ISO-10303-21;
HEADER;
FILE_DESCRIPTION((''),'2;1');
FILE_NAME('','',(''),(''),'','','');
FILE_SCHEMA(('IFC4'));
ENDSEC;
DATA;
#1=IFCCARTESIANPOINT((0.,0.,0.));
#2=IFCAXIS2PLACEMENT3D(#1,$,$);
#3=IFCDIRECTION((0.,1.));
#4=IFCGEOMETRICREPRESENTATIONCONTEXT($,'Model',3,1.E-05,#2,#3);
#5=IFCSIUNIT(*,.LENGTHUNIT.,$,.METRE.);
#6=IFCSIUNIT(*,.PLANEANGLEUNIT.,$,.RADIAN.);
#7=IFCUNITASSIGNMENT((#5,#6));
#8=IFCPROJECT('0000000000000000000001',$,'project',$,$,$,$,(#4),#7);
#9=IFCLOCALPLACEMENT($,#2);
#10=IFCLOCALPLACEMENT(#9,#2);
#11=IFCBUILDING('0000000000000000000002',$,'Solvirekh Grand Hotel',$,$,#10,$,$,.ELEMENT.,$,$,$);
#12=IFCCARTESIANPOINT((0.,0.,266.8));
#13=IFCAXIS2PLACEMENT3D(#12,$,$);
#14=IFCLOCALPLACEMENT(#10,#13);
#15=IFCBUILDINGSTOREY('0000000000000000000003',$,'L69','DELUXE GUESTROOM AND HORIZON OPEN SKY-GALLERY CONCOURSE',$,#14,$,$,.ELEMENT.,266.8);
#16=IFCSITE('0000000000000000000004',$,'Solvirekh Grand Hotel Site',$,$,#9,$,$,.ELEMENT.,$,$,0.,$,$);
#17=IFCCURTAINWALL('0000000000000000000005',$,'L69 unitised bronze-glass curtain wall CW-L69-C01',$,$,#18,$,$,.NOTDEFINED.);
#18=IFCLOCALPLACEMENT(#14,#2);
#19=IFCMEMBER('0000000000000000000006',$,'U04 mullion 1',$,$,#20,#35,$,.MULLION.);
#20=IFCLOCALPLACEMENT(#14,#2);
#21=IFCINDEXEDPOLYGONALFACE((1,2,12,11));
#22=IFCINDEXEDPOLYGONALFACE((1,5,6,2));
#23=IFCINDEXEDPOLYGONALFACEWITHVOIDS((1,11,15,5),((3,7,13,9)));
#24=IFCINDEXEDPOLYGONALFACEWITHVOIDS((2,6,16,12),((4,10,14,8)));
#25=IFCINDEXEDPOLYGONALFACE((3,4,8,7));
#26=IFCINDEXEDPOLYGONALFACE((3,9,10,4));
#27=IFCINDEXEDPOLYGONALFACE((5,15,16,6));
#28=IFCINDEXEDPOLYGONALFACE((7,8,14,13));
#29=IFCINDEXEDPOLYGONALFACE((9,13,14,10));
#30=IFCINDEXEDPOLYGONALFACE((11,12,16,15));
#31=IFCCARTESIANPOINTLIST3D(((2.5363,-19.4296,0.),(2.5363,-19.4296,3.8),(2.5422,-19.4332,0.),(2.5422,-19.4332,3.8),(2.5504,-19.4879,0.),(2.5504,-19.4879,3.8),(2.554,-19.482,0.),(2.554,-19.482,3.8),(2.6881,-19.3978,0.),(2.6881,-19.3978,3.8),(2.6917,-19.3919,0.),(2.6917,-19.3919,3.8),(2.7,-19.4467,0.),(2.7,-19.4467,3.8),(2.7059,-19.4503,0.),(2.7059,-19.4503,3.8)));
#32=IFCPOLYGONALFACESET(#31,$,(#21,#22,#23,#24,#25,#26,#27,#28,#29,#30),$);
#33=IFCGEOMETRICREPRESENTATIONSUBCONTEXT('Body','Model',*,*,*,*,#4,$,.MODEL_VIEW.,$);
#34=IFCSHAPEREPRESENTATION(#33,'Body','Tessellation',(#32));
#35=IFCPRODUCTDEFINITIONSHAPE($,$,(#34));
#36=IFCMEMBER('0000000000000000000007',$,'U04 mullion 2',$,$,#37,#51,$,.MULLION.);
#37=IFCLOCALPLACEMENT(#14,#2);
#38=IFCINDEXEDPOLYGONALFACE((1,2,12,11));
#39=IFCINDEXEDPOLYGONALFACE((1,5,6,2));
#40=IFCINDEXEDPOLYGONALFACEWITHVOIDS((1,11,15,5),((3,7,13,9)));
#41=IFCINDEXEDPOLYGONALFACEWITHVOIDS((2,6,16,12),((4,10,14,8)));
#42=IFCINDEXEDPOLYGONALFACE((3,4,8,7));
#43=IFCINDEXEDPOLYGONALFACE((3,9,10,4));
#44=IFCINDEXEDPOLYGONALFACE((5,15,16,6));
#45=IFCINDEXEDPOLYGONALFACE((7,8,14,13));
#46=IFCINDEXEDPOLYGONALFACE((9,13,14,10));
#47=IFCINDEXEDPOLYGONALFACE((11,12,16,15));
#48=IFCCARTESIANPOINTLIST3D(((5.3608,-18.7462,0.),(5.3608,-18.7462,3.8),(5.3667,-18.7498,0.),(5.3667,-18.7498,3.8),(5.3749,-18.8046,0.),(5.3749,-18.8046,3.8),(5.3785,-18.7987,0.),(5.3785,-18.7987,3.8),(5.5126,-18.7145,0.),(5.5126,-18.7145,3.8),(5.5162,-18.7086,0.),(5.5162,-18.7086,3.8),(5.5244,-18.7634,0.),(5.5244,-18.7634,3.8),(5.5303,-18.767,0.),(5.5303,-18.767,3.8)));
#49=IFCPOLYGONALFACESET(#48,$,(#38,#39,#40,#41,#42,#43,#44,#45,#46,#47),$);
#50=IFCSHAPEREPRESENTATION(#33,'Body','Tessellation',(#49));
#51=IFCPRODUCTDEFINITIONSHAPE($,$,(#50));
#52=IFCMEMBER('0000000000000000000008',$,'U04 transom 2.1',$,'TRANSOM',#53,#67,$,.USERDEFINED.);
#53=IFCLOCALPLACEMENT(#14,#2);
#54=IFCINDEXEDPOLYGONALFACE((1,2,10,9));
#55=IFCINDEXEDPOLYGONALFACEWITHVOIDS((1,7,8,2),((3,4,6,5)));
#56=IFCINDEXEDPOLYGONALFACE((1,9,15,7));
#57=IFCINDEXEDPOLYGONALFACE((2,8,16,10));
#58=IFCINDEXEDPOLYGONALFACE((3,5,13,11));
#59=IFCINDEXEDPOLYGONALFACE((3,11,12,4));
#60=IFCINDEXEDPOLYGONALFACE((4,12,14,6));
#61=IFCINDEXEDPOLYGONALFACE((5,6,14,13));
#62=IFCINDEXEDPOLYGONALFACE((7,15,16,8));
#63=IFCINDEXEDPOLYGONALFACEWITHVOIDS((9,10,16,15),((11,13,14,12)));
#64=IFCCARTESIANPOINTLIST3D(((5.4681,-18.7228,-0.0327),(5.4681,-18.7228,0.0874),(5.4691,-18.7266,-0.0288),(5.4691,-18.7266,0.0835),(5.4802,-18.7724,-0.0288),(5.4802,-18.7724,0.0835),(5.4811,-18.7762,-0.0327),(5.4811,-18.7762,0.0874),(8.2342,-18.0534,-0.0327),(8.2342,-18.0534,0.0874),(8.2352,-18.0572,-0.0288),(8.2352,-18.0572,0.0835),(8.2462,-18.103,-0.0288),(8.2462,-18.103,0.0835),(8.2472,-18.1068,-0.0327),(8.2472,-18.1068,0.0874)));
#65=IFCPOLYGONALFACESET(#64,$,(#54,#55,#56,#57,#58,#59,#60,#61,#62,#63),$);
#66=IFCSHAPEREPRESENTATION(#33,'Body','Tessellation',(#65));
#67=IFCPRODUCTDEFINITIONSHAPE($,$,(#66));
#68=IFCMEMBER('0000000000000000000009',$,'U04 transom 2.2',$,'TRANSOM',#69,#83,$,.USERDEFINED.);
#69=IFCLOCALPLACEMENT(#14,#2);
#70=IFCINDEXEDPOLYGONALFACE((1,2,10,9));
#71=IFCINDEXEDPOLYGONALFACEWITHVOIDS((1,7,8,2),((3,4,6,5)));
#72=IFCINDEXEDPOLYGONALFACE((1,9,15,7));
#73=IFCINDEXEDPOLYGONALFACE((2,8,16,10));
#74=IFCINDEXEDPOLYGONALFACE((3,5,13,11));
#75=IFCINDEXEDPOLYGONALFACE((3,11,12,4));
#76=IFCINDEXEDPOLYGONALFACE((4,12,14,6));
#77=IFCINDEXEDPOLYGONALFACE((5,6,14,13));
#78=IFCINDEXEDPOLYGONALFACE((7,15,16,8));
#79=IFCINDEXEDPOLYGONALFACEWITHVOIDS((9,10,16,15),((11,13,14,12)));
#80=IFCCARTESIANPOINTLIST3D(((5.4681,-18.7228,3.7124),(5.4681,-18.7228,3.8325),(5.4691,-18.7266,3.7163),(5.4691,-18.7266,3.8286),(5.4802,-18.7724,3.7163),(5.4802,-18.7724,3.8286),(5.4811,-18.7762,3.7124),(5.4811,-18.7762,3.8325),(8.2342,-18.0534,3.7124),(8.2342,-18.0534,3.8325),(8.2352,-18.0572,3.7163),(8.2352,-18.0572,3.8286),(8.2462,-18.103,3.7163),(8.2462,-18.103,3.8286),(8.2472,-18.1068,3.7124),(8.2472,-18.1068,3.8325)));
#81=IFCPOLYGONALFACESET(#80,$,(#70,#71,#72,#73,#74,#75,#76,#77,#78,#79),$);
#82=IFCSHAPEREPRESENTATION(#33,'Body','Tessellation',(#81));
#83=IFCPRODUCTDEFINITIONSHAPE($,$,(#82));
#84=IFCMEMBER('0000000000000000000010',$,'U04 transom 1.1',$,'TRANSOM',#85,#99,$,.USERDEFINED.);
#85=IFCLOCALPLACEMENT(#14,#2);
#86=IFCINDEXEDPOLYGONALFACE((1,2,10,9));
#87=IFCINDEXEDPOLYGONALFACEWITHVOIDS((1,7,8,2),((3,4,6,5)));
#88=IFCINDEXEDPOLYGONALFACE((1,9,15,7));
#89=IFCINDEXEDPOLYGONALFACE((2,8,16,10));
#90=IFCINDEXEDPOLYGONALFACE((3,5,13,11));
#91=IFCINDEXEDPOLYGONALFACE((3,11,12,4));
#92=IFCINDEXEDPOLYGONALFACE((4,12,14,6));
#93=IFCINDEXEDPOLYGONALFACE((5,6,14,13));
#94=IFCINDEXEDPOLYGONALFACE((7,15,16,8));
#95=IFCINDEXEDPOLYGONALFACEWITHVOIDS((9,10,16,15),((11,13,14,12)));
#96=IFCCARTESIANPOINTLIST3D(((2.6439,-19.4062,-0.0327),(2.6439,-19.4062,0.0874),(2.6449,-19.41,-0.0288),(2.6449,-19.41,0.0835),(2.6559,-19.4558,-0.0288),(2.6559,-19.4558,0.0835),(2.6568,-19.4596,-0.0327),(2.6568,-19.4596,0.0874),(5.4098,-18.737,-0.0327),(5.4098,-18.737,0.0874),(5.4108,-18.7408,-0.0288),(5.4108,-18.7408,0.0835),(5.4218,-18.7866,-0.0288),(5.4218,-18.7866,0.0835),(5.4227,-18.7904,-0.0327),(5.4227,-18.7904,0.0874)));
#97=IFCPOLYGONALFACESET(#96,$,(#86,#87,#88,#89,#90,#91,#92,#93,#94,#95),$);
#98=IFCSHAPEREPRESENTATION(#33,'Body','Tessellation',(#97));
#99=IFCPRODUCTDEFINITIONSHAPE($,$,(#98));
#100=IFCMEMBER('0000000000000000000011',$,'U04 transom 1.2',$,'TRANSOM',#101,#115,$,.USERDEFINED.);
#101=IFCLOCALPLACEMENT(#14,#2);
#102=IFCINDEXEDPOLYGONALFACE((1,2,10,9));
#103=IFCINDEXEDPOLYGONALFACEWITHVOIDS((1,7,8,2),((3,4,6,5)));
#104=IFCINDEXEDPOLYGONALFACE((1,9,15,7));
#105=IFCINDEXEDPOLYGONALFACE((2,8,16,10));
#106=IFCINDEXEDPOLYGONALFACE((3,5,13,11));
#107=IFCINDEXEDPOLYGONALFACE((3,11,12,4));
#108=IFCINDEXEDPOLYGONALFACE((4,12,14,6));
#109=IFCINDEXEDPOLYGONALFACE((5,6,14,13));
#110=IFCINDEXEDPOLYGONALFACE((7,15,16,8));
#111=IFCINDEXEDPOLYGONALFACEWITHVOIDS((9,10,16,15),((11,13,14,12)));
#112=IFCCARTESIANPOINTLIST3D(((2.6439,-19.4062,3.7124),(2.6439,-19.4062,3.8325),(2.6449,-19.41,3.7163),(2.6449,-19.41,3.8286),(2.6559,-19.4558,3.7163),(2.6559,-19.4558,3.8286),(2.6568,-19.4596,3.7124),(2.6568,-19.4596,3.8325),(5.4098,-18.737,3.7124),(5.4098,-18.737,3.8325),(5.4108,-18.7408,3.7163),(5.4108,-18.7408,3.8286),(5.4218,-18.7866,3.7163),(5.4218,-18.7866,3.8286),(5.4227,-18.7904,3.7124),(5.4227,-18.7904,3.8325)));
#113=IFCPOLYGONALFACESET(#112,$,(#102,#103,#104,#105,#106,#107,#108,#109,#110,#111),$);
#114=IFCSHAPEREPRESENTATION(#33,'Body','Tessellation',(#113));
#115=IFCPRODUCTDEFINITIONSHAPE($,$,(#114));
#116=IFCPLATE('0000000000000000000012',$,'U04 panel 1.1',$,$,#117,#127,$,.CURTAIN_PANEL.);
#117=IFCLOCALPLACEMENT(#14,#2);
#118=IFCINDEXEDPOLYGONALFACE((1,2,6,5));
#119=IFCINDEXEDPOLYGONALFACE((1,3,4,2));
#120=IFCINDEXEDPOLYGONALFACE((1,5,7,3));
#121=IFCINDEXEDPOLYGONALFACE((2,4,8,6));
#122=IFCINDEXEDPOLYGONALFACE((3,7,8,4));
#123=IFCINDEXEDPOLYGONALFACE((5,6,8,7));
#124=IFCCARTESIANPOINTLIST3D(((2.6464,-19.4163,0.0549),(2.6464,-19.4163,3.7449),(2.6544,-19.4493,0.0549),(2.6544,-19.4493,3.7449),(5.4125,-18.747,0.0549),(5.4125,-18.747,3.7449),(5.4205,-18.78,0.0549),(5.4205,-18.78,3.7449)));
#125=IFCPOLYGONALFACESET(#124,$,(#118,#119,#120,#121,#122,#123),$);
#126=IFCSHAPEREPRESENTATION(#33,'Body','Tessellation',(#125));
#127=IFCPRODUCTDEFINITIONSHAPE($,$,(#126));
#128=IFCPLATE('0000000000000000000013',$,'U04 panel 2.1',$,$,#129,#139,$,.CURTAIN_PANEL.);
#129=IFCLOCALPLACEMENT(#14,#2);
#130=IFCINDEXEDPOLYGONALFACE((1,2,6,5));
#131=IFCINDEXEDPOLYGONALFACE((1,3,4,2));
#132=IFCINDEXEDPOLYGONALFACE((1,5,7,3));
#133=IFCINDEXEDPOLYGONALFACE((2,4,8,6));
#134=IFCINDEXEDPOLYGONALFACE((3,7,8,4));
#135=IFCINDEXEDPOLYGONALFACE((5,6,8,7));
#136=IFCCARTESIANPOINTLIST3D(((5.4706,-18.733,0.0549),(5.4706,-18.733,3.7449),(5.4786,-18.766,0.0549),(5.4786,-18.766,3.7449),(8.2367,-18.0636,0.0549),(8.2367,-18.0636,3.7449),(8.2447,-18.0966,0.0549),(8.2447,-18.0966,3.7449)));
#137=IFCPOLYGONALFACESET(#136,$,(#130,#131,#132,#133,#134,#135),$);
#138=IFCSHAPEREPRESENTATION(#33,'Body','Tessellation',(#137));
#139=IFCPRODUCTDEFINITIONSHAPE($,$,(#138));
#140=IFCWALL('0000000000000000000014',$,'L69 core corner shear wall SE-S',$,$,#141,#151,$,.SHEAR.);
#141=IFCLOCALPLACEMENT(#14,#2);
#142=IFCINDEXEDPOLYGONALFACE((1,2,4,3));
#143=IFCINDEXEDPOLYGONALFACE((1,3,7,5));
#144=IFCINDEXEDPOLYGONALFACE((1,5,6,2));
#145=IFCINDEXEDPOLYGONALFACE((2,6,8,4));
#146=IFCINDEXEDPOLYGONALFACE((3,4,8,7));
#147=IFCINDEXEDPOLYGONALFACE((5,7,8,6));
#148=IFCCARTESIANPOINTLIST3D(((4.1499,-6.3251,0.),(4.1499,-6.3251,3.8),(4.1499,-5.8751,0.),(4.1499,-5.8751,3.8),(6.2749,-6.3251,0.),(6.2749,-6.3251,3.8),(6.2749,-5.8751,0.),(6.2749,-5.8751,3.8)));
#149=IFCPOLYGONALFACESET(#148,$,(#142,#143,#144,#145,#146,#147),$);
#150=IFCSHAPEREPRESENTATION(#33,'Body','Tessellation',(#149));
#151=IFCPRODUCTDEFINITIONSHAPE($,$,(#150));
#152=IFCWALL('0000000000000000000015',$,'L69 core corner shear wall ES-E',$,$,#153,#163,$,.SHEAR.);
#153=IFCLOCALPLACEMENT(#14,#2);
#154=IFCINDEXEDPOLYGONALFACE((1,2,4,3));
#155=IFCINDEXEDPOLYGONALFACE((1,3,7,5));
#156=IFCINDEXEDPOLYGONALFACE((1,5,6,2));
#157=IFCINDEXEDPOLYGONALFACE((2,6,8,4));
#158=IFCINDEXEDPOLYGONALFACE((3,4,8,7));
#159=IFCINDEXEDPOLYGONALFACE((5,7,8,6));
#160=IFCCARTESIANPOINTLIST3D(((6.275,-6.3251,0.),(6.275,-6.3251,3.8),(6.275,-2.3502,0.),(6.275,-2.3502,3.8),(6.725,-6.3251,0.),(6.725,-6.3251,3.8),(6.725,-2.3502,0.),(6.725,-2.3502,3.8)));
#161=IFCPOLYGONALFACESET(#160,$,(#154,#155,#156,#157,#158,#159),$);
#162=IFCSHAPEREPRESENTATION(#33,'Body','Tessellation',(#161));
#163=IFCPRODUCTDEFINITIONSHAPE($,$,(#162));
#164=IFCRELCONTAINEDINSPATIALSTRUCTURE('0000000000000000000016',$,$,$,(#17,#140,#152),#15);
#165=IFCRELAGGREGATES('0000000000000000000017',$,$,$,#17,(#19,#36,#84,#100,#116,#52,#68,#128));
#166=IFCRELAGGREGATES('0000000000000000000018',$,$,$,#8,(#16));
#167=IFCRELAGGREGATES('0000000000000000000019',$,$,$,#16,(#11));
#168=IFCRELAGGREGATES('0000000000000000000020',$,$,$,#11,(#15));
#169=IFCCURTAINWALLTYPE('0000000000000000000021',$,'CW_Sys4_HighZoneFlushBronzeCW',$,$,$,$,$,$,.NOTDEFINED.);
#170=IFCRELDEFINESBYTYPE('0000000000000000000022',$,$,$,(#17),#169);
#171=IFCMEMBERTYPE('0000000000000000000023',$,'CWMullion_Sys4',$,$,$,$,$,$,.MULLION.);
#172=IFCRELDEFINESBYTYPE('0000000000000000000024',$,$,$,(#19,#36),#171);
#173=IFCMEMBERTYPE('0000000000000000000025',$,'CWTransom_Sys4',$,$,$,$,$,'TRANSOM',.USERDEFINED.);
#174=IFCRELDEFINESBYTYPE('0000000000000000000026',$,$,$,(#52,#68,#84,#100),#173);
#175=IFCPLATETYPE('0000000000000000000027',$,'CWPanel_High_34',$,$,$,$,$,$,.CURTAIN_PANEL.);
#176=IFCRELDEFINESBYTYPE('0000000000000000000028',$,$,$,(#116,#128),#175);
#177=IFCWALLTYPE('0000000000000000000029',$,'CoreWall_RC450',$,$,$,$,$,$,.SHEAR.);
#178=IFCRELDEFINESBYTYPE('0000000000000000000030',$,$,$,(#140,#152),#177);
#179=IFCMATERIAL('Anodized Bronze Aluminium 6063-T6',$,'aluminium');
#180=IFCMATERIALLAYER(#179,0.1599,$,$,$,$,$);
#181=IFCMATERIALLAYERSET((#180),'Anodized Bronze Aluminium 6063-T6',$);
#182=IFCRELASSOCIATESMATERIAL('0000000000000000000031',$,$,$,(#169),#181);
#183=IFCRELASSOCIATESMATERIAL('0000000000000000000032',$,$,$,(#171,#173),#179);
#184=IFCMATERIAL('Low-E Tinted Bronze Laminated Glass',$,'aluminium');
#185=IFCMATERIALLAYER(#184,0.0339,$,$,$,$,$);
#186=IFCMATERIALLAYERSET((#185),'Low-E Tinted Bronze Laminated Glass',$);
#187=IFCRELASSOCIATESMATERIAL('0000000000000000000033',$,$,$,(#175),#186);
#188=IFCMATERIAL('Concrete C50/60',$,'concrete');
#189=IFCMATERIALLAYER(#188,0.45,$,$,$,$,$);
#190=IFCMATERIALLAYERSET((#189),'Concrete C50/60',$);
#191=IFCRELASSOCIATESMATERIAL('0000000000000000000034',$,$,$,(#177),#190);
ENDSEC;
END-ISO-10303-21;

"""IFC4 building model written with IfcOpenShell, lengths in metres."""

from ifc_helpers import new_model, si_unit, direction, frame, frame_2d, origin, origin_2d, place, context, subcontext, project, spatial, rectangle, hollow_rectangle, extrude, source, transform, mapped, material, layer, layer_set, material_profile, profile_set, type_object, element, aggregate, save


model = new_model("IFC4")

# Units and contexts
model_context = context("Model", 3, precision=1e-05, world=origin(), true_north=direction((0.0, 1.0)))
body_context = subcontext(model_context, "Body", "Model", "MODEL_VIEW")
ifc_project = project(units=[si_unit("LENGTHUNIT", "METRE"), si_unit("PLANEANGLEUNIT", "RADIAN")], contexts=[model_context])

# Site, building, storey
site_placement = place(None, origin())
site = spatial("IfcSite", under=ifc_project, at=site_placement, Name="Solvirekh Grand Hotel Site", CompositionType="ELEMENT", RefElevation=0.0)
building_placement = place(site_placement, origin())
building = spatial("IfcBuilding", under=site, at=building_placement, Name="Solvirekh Grand Hotel", CompositionType="ELEMENT")
storey_placement = place(building_placement, frame((0.0, 0.0, 266.8)))
storey = spatial("IfcBuildingStorey", under=building, at=storey_placement, Name="L69", Description="DELUXE GUESTROOM AND HORIZON OPEN SKY-GALLERY CONCOURSE", CompositionType="ELEMENT", Elevation=266.8)

# Curtain wall, members, plates
ifc_material_1 = material(Name="Anodized Bronze Aluminium 6063-T6", Category="aluminium")
ifc_layer_1 = layer(ifc_material_1, 0.1599)
ifc_layer_set_1 = layer_set([ifc_layer_1], Name="Anodized Bronze Aluminium 6063-T6")
curtain_wall_type = type_object("IfcCurtainWallType", Name="CW_Sys4_HighZoneFlushBronzeCW", PredefinedType="NOTDEFINED", material=ifc_layer_set_1)
curtain_wall_placement = place(storey_placement, origin())
curtain_wall = element("IfcCurtainWall", 1, at=curtain_wall_placement, inside=storey, type_object=curtain_wall_type, Name="L69 unitised bronze-glass curtain wall CW-L69-C01", PredefinedType="NOTDEFINED")
ifc_material_profile_1 = material_profile(ifc_material_1, hollow_rectangle(XDim=0.0601, YDim=0.1599, WallThickness=0.0049, at=origin_2d()), Name="ALU RHS 160X60X5")
ifc_profile_set_1 = profile_set([ifc_material_profile_1], Name="Anodized Bronze Aluminium 6063-T6")
member_type_1 = type_object("IfcMemberType", Name="CWMullion_Sys4", PredefinedType="MULLION", material=ifc_profile_set_1)
shared_shape_1 = source(origin(), body_context, "Body", "SweptSolid", [
    extrude(hollow_rectangle(XDim=0.0601, YDim=0.1599, WallThickness=0.0049, at=origin_2d()), origin(), (0.0, 0.0, 1.0), 3.8),
])
member_1_placement = place(storey_placement, frame((2.6211, -19.4399, 0.0), z_axis=(0.0, 0.0, 1.0), x_axis=(-0.235195, 0.971948, 0.0)))
member_1 = element("IfcMember", 2, at=member_1_placement, type_object=member_type_1, Name="U04 mullion 1", PredefinedType="MULLION", context=body_context, shape_type="MappedRepresentation", body=[
    mapped(shared_shape_1, transform((0.0, 0.0, 0.0), x_axis=(1.0, 0.0, 0.0), y_axis=(0.0, 1.0, 0.0), z_axis=(0.0, 0.0, 1.0), scale=1.0)),
])
member_2_placement = place(storey_placement, frame((5.4456, -18.7566, 0.0), z_axis=(0.0, 0.0, 1.0), x_axis=(-0.235195, 0.971948, 0.0)))
member_2 = element("IfcMember", 3, at=member_2_placement, type_object=member_type_1, Name="U04 mullion 2", PredefinedType="MULLION", context=body_context, shape_type="MappedRepresentation", body=[
    mapped(shared_shape_1, transform((0.0, 0.0, 0.0), x_axis=(1.0, 0.0, 0.0), y_axis=(0.0, 1.0, 0.0), z_axis=(0.0, 0.0, 1.0), scale=1.0)),
])
ifc_material_profile_2 = material_profile(ifc_material_1, hollow_rectangle(XDim=0.0549, YDim=0.1201, WallThickness=0.0039, at=origin_2d()), Name="ALU RHS 120X55X4")
ifc_profile_set_2 = profile_set([ifc_material_profile_2], Name="Anodized Bronze Aluminium 6063-T6")
member_type_2 = type_object("IfcMemberType", Name="CWTransom_Sys4", ElementType="TRANSOM", PredefinedType="USERDEFINED", material=ifc_profile_set_2)
shared_shape_2 = source(origin(), body_context, "Body", "SweptSolid", [
    extrude(hollow_rectangle(XDim=0.0549, YDim=0.1201, WallThickness=0.0039, at=origin_2d()), origin(), (0.0, 0.0, 1.0), 2.8459),
])
member_3_placement = place(storey_placement, frame((5.4746, -18.7495, 0.0273), z_axis=(0.971942, 0.235222, 0.0), x_axis=(-0.235222, 0.971942, 0.0)))
member_3 = element("IfcMember", 4, at=member_3_placement, type_object=member_type_2, Name="U04 transom 2.1", ObjectType="TRANSOM", PredefinedType="USERDEFINED", context=body_context, shape_type="MappedRepresentation", body=[
    mapped(shared_shape_2, transform((0.0, 0.0, 0.0), x_axis=(1.0, 0.0, 0.0), y_axis=(0.0, 1.0, 0.0), z_axis=(0.0, 0.0, 1.0), scale=1.0)),
])
member_4_placement = place(storey_placement, frame((5.4746, -18.7495, 3.7725), z_axis=(0.971942, 0.235222, 0.0), x_axis=(-0.235222, 0.971942, 0.0)))
member_4 = element("IfcMember", 5, at=member_4_placement, type_object=member_type_2, Name="U04 transom 2.2", ObjectType="TRANSOM", PredefinedType="USERDEFINED", context=body_context, shape_type="MappedRepresentation", body=[
    mapped(shared_shape_2, transform((0.0, 0.0, 0.0), x_axis=(1.0, 0.0, 0.0), y_axis=(0.0, 1.0, 0.0), z_axis=(0.0, 0.0, 1.0), scale=1.0)),
])
shared_shape_3 = source(origin(), body_context, "Body", "SweptSolid", [
    extrude(hollow_rectangle(XDim=0.0549, YDim=0.1201, WallThickness=0.0039, at=origin_2d()), origin(), (0.0, 0.0, 1.0), 2.8457),
])
member_5_placement = place(storey_placement, frame((2.6504, -19.4329, 0.0273), z_axis=(0.971957, 0.23516, 0.0), x_axis=(-0.23516, 0.971957, 0.0)))
member_5 = element("IfcMember", 6, at=member_5_placement, type_object=member_type_2, Name="U04 transom 1.1", ObjectType="TRANSOM", PredefinedType="USERDEFINED", context=body_context, shape_type="MappedRepresentation", body=[
    mapped(shared_shape_3, transform((0.0, 0.0, 0.0), x_axis=(1.0, 0.0, 0.0), y_axis=(0.0, 1.0, 0.0), z_axis=(0.0, 0.0, 1.0), scale=1.0)),
])
member_6_placement = place(storey_placement, frame((2.6504, -19.4329, 3.7725), z_axis=(0.971957, 0.23516, 0.0), x_axis=(-0.23516, 0.971957, 0.0)))
member_6 = element("IfcMember", 7, at=member_6_placement, type_object=member_type_2, Name="U04 transom 1.2", ObjectType="TRANSOM", PredefinedType="USERDEFINED", context=body_context, shape_type="MappedRepresentation", body=[
    mapped(shared_shape_3, transform((0.0, 0.0, 0.0), x_axis=(1.0, 0.0, 0.0), y_axis=(0.0, 1.0, 0.0), z_axis=(0.0, 0.0, 1.0), scale=1.0)),
])
ifc_material_2 = material(Name="Low-E Tinted Bronze Laminated Glass", Category="aluminium")
ifc_layer_2 = layer(ifc_material_2, 0.0339)
ifc_layer_set_2 = layer_set([ifc_layer_2], Name="Low-E Tinted Bronze Laminated Glass")
plate_type = type_object("IfcPlateType", Name="CWPanel_High_34", PredefinedType="CURTAIN_PANEL", material=ifc_layer_set_2)
shared_shape_4 = source(origin(), body_context, "Body", "SweptSolid", [
    extrude(rectangle(XDim=2.8459, YDim=0.0339, at=origin_2d()), origin(), (0.0, 0.0, 1.0), 3.6899),
])
plate_1_placement = place(storey_placement, frame((4.0334, -19.0981, 0.0549), z_axis=(0.0, 0.0, 1.0), x_axis=(0.971948, 0.235195, 0.0)))
plate_1 = element("IfcPlate", 8, at=plate_1_placement, type_object=plate_type, Name="U04 panel 1.1", PredefinedType="CURTAIN_PANEL", context=body_context, shape_type="MappedRepresentation", body=[
    mapped(shared_shape_4, transform((0.0, 0.0, 0.0), x_axis=(1.0, 0.0, 0.0), y_axis=(0.0, 1.0, 0.0), z_axis=(0.0, 0.0, 1.0), scale=1.0)),
])
plate_2_placement = place(storey_placement, frame((6.8577, -18.4148, 0.0549), z_axis=(0.0, 0.0, 1.0), x_axis=(0.971948, 0.235195, 0.0)))
plate_2 = element("IfcPlate", 9, at=plate_2_placement, type_object=plate_type, Name="U04 panel 2.1", PredefinedType="CURTAIN_PANEL", context=body_context, shape_type="MappedRepresentation", body=[
    mapped(shared_shape_4, transform((0.0, 0.0, 0.0), x_axis=(1.0, 0.0, 0.0), y_axis=(0.0, 1.0, 0.0), z_axis=(0.0, 0.0, 1.0), scale=1.0)),
])
aggregate(curtain_wall, [member_1, member_2, member_5, member_6, plate_1, member_3, member_4, plate_2])

# Walls
ifc_material_3 = material(Name="Concrete C50/60", Category="concrete")
ifc_layer_3 = layer(ifc_material_3, 0.45)
ifc_layer_set_3 = layer_set([ifc_layer_3], Name="Concrete C50/60")
wall_type_1 = type_object("IfcWallType", Name="CoreWall_RC450", PredefinedType="SHEAR", material=ifc_layer_set_3)
wall_1_placement = place(storey_placement, frame((4.1499, -6.1001, 0.0), z_axis=(0.0, 0.0, 1.0), x_axis=(1.0, 0.0, 0.0)))
element("IfcWall", 10, at=wall_1_placement, inside=storey, type_object=wall_type_1, Name="L69 core corner shear wall SE-S", PredefinedType="SHEAR", context=body_context, shape_type="SweptSolid", body=[
    extrude(rectangle(XDim=2.125, YDim=0.45, at=frame_2d((1.0625, 0.0))), origin(), (0.0, 0.0, 1.0), 3.8),
])
wall_2_placement = place(storey_placement, frame((6.5, -6.325, 0.0), z_axis=(0.0, 0.0, 1.0), x_axis=(0.0, 1.0, 0.0)))
element("IfcWall", 11, at=wall_2_placement, inside=storey, type_object=wall_type_1, Name="L69 core corner shear wall ES-E", PredefinedType="SHEAR", context=body_context, shape_type="SweptSolid", body=[
    extrude(rectangle(XDim=3.9749, YDim=0.45, at=frame_2d((1.9873, 0.0))), origin(), (0.0, 0.0, 1.0), 3.8),
])

save(model, "model.ifc")
